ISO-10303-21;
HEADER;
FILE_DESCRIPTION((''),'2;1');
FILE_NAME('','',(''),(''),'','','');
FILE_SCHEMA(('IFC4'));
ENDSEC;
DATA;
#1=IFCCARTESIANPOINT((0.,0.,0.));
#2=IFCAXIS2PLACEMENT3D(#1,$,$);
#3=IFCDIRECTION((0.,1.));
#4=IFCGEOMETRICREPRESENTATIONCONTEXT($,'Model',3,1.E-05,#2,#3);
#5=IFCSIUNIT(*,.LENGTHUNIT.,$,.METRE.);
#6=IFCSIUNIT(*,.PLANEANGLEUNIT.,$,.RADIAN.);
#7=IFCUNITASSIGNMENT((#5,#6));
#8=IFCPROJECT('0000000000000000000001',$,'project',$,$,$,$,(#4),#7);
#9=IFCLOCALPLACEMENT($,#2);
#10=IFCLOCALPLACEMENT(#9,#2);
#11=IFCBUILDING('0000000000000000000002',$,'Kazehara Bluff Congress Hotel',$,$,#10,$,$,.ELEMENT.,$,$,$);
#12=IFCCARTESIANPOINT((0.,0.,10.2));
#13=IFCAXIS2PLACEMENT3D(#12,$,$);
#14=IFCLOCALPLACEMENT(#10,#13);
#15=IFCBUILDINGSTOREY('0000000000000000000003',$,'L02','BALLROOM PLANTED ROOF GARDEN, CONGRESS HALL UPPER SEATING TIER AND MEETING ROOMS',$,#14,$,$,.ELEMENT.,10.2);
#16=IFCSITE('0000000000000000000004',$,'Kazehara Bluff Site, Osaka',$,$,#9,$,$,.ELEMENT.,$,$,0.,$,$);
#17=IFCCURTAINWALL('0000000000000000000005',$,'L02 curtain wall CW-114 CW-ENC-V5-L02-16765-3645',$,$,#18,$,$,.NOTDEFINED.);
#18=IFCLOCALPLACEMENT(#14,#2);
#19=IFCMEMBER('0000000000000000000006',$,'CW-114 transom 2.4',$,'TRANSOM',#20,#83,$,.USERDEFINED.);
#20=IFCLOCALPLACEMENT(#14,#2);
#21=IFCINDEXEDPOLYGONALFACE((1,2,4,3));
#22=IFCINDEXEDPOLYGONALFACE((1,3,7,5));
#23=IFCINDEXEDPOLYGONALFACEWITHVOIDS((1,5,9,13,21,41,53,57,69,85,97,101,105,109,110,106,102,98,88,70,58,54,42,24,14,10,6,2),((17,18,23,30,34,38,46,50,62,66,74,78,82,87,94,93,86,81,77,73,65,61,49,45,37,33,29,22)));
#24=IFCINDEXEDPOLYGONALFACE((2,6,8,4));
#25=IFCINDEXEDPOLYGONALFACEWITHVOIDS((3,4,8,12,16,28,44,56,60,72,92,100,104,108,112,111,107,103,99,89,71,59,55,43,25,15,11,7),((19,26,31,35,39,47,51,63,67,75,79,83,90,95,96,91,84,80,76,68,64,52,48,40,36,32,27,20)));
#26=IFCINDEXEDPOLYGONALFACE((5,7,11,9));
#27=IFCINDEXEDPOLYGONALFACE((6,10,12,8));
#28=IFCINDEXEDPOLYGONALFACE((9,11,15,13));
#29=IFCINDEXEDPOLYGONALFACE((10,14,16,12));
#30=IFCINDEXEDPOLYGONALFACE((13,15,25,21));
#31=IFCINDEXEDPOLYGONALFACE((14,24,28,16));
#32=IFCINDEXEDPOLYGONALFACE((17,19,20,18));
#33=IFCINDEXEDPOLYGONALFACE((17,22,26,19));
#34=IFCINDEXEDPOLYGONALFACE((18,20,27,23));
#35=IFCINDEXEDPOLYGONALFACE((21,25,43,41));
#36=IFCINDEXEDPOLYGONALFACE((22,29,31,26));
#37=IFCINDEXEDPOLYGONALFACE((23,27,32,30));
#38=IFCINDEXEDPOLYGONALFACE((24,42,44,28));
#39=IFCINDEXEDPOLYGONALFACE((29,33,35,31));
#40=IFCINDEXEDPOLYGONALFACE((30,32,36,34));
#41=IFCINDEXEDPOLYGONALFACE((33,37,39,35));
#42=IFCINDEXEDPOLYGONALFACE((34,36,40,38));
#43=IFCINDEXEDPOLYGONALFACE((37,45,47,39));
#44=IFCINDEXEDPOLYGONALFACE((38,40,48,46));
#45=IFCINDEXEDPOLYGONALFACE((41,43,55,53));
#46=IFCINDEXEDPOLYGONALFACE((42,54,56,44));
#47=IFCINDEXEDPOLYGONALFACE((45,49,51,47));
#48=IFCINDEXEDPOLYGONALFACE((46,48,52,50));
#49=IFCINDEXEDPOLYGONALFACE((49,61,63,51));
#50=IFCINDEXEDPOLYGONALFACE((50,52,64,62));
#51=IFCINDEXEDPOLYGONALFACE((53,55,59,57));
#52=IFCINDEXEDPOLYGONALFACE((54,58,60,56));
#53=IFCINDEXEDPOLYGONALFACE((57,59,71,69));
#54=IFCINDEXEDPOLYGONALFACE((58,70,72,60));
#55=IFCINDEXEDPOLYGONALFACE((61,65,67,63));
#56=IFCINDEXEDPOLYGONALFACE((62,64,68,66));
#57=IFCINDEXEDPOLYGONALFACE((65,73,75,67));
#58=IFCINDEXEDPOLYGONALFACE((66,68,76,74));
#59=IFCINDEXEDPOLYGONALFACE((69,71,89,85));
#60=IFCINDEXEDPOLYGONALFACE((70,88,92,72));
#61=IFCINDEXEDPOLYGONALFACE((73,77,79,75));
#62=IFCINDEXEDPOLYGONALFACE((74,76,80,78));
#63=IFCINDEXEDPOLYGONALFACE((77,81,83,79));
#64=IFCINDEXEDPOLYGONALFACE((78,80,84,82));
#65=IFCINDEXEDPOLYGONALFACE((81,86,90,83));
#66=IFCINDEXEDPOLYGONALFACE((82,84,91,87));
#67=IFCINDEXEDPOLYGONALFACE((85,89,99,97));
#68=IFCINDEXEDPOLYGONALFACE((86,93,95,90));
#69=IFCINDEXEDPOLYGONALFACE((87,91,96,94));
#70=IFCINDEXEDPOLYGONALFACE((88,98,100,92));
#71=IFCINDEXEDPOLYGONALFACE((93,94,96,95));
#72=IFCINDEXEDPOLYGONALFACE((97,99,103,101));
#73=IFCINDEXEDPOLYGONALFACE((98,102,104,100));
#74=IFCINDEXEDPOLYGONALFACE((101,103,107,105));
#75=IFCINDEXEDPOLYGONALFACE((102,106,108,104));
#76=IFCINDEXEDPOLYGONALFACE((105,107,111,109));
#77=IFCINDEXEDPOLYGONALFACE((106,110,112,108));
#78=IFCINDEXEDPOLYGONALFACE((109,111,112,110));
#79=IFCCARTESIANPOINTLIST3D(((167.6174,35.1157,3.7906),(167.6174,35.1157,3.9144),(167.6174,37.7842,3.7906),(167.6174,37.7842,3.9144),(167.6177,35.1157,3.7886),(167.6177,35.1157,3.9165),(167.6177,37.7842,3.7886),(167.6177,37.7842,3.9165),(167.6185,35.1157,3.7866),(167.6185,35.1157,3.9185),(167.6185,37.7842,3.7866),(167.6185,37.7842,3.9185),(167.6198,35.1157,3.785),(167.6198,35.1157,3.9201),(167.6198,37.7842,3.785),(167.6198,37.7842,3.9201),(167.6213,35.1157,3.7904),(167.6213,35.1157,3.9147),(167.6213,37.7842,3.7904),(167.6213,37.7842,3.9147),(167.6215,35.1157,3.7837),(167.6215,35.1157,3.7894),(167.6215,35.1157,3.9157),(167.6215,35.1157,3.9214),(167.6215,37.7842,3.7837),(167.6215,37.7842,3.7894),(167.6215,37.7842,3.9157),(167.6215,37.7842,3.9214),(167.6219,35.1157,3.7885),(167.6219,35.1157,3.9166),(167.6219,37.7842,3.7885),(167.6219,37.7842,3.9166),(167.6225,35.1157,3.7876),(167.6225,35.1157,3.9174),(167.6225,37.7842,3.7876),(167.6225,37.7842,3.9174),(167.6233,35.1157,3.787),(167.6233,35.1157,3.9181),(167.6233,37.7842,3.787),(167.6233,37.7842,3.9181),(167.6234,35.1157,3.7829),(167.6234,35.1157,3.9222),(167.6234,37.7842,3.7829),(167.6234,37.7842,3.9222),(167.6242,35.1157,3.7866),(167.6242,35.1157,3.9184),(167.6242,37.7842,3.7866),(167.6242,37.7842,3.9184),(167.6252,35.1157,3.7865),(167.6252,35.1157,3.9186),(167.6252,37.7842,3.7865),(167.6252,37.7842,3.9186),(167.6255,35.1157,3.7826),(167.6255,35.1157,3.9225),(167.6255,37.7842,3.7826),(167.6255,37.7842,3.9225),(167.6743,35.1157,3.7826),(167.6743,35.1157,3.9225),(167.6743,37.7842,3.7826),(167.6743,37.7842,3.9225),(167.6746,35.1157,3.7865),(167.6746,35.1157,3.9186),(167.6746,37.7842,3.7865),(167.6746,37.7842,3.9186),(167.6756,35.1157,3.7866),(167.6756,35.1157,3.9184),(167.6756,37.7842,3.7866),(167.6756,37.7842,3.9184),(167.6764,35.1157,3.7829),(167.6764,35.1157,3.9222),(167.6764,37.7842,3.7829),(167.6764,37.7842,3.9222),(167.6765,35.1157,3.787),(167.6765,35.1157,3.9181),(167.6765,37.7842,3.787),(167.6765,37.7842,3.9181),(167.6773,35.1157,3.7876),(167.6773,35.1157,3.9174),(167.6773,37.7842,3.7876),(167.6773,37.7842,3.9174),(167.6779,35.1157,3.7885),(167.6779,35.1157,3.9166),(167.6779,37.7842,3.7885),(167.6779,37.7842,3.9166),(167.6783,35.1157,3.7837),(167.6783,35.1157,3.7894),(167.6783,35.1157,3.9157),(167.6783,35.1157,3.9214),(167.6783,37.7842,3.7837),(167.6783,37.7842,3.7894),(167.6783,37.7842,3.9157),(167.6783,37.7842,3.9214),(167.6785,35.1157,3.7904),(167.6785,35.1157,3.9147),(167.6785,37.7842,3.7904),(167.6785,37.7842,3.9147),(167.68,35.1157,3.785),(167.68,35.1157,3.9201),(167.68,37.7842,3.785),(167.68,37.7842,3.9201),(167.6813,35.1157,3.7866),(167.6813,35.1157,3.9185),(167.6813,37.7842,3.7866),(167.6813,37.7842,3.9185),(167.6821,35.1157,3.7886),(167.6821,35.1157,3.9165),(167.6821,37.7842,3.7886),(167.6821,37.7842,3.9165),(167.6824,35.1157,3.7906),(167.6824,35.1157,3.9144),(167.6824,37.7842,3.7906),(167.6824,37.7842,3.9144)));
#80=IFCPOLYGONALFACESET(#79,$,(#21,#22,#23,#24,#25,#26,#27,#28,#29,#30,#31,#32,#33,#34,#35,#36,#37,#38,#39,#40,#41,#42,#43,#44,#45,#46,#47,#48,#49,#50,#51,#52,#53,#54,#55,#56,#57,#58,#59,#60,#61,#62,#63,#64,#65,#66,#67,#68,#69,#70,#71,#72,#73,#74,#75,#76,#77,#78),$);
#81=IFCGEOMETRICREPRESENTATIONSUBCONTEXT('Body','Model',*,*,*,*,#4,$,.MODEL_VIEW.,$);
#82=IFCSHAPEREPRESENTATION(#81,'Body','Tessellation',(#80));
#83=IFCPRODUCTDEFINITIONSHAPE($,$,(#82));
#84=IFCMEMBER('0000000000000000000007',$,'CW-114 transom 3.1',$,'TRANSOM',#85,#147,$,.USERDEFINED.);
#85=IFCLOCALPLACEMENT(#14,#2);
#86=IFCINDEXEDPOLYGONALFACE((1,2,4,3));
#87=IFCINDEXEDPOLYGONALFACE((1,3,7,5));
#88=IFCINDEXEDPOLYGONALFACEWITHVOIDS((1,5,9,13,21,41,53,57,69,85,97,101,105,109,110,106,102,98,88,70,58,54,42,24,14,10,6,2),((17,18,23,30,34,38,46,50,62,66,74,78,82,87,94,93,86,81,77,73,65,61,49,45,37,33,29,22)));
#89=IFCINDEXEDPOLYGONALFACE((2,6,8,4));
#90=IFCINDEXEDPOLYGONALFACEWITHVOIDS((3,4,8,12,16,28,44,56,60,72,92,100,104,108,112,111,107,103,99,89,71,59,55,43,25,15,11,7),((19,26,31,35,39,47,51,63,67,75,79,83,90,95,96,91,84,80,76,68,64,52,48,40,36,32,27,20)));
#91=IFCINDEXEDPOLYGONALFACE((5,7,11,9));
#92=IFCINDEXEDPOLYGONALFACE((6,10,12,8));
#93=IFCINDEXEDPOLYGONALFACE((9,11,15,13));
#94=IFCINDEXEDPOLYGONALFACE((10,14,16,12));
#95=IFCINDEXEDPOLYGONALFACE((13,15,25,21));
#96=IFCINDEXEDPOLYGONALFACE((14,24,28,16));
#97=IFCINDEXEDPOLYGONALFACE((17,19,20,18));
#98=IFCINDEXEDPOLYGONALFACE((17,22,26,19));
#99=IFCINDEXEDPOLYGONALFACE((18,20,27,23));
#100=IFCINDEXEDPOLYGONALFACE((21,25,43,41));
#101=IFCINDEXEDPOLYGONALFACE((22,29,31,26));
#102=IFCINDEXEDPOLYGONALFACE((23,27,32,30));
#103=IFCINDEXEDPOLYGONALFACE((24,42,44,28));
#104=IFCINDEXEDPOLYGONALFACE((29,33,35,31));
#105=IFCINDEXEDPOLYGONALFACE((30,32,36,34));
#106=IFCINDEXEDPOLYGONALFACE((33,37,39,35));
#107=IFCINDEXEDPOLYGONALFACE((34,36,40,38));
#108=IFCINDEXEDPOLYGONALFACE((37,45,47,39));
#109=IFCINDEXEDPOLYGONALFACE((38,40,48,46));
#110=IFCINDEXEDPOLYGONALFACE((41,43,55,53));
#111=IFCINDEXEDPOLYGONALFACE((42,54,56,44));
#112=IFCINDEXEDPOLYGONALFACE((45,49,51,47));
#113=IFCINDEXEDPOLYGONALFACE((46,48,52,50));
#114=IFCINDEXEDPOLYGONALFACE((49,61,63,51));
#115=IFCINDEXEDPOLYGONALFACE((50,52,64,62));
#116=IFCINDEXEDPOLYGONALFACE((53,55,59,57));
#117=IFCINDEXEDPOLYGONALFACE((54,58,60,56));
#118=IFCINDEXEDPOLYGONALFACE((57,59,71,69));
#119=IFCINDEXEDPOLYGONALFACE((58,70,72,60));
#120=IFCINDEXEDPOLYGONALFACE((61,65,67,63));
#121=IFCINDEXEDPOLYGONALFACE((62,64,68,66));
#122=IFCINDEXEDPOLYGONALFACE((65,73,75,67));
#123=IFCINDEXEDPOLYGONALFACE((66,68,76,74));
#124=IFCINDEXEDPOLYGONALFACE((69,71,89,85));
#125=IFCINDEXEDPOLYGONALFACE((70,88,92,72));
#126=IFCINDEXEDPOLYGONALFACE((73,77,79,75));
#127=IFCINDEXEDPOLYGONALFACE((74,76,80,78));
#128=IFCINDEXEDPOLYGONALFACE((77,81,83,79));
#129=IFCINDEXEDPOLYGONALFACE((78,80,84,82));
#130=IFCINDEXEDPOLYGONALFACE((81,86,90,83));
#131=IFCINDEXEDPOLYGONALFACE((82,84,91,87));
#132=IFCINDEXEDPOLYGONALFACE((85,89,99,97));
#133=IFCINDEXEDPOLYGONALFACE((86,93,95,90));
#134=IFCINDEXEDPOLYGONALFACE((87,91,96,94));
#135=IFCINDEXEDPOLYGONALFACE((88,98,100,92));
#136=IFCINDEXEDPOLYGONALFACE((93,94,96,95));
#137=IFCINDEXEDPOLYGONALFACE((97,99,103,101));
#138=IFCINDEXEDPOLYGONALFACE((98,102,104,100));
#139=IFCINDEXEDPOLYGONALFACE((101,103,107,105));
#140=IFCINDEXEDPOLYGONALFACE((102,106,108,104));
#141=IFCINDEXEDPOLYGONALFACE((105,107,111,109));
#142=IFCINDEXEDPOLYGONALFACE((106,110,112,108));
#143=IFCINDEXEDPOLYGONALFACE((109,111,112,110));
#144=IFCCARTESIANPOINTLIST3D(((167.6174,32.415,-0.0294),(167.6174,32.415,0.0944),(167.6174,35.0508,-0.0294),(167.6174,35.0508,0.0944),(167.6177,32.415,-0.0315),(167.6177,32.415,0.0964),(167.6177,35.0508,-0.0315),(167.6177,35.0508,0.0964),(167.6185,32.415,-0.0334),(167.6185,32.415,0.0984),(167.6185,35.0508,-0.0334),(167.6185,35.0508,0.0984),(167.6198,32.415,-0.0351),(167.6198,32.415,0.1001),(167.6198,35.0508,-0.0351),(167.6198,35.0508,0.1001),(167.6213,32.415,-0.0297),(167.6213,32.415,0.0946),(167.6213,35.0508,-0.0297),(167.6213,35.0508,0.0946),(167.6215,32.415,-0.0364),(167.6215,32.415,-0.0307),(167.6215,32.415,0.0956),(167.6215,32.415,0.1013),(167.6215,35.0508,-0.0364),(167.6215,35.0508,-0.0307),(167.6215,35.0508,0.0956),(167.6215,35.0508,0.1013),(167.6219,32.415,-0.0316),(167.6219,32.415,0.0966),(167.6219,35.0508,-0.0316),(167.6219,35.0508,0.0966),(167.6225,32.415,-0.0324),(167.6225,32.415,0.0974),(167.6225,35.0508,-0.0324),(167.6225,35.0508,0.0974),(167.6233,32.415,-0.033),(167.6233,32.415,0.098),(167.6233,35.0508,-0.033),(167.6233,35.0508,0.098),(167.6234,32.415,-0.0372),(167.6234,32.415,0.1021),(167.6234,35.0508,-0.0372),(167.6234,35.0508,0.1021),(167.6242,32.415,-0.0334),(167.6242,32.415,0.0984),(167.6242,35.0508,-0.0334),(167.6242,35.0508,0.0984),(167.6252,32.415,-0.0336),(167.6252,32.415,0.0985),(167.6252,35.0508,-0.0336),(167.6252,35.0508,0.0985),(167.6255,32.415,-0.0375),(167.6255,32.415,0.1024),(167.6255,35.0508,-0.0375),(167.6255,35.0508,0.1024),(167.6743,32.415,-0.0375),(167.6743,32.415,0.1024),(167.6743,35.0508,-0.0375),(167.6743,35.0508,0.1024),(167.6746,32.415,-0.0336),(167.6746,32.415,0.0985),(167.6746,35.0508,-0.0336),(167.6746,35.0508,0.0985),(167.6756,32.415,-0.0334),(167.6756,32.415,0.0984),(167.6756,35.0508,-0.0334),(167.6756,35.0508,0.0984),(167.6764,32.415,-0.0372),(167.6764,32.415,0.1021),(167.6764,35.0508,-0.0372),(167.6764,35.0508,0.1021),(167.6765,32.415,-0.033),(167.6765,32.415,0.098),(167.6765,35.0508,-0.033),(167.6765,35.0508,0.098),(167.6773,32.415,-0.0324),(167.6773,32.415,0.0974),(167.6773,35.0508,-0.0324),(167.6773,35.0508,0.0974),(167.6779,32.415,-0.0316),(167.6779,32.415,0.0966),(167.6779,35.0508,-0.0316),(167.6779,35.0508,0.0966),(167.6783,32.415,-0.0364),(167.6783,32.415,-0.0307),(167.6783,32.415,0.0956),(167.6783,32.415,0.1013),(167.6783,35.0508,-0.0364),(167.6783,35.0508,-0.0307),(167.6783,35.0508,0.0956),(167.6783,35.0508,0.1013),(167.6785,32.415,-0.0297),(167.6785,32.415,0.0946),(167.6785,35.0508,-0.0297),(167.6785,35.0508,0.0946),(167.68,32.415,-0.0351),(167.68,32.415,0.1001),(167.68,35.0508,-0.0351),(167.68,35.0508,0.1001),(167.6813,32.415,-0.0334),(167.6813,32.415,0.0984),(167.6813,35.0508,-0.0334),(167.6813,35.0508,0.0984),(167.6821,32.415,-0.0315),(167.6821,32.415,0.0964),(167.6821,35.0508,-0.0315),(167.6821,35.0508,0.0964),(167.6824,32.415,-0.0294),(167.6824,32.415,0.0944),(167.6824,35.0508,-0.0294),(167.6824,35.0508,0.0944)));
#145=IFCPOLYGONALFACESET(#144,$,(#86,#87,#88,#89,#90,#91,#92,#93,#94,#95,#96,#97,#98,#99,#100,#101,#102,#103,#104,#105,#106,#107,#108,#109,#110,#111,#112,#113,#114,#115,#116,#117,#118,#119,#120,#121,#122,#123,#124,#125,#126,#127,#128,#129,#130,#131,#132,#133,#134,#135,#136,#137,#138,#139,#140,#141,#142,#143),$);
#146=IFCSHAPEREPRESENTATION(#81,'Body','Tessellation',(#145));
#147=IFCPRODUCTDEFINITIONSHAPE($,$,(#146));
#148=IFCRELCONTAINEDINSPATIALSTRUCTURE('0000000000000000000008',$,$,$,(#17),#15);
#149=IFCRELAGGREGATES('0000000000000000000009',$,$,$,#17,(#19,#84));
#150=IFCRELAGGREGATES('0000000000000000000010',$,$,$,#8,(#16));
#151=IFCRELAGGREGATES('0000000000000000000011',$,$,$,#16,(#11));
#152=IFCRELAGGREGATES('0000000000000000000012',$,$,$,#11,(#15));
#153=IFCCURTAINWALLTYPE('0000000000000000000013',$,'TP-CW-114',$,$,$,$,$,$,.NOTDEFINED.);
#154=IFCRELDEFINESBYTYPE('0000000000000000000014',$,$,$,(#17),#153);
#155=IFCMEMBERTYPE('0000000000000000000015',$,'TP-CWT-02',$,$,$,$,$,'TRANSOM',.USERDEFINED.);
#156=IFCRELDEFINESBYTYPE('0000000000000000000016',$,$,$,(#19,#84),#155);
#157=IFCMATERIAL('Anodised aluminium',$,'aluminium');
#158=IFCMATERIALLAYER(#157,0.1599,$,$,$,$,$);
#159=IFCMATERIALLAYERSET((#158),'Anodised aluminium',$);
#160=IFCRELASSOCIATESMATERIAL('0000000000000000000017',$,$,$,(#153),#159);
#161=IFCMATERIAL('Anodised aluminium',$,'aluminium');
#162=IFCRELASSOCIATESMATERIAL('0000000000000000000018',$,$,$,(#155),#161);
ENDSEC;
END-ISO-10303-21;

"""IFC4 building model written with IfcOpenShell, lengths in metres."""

from ifc_helpers import new_model, si_unit, direction, frame, origin, origin_2d, place, context, subcontext, project, spatial, hollow_rectangle, extrude, material, layer, layer_set, material_profile, profile_set, type_object, element, aggregate, save


model = new_model("IFC4")

# Units and contexts
model_context = context("Model", 3, precision=1e-05, world=origin(), true_north=direction((0.0, 1.0)))
body_context = subcontext(model_context, "Body", "Model", "MODEL_VIEW")
ifc_project = project(units=[si_unit("LENGTHUNIT", "METRE"), si_unit("PLANEANGLEUNIT", "RADIAN")], contexts=[model_context])

# Site, building, storey
site_placement = place(None, origin())
site = spatial("IfcSite", under=ifc_project, at=site_placement, Name="Kazehara Bluff Site, Osaka", CompositionType="ELEMENT", RefElevation=0.0)
building_placement = place(site_placement, origin())
building = spatial("IfcBuilding", under=site, at=building_placement, Name="Kazehara Bluff Congress Hotel", CompositionType="ELEMENT")
storey_placement = place(building_placement, frame((0.0, 0.0, 10.2)))
storey = spatial("IfcBuildingStorey", under=building, at=storey_placement, Name="L02", Description="BALLROOM PLANTED ROOF GARDEN, CONGRESS HALL UPPER SEATING TIER AND MEETING ROOMS", CompositionType="ELEMENT", Elevation=10.2)

# Curtain wall, members
ifc_material_1 = material(Name="Anodised aluminium", Category="aluminium")
ifc_layer_1 = layer(ifc_material_1, 0.1599)
ifc_layer_set_1 = layer_set([ifc_layer_1], Name="Anodised aluminium")
curtain_wall_type_1 = type_object("IfcCurtainWallType", Name="TP-CW-114", PredefinedType="NOTDEFINED", material=ifc_layer_set_1)
curtain_wall_1_placement = place(storey_placement, origin())
curtain_wall_1 = element("IfcCurtainWall", 1, at=curtain_wall_1_placement, inside=storey, type_object=curtain_wall_type_1, Name="L02 curtain wall CW-114 CW-ENC-V5-L02-16765-3645", PredefinedType="NOTDEFINED")
ifc_material_2 = material(Name="Anodised aluminium", Category="aluminium")
ifc_material_profile_1 = material_profile(ifc_material_2, hollow_rectangle(XDim=0.0649, YDim=0.1399, WallThickness=0.0039, InnerFilletRadius=0.0039, OuterFilletRadius=0.0081, at=origin_2d()))
ifc_profile_set_1 = profile_set([ifc_material_profile_1], Name="Anodised aluminium")
member_type_1 = type_object("IfcMemberType", Name="TP-CWT-02", ElementType="TRANSOM", PredefinedType="USERDEFINED", material=ifc_profile_set_1)
member_1_placement = place(storey_placement, frame((167.6499, 37.7842, 3.8525), z_axis=(0.0, -1.0, 0.0), x_axis=(1.0, 0.0, 0.0)))
member_1 = element("IfcMember", 2, at=member_1_placement, type_object=member_type_1, Name="CW-114 transom 2.4", ObjectType="TRANSOM", PredefinedType="USERDEFINED", context=body_context, shape_type="SweptSolid", body=[
    extrude(hollow_rectangle(XDim=0.0649, YDim=0.1399, WallThickness=0.0039, InnerFilletRadius=0.0039, OuterFilletRadius=0.0081, at=origin_2d()), origin(), (0.0, 0.0, 1.0), 2.6685),
])
member_2_placement = place(storey_placement, frame((167.6499, 35.0508, 0.0325), z_axis=(0.0, -1.0, 0.0), x_axis=(1.0, 0.0, 0.0)))
member_2 = element("IfcMember", 3, at=member_2_placement, type_object=member_type_1, Name="CW-114 transom 3.1", ObjectType="TRANSOM", PredefinedType="USERDEFINED", context=body_context, shape_type="SweptSolid", body=[
    extrude(hollow_rectangle(XDim=0.0649, YDim=0.1399, WallThickness=0.0039, InnerFilletRadius=0.0039, OuterFilletRadius=0.0081, at=origin_2d()), origin(), (0.0, 0.0, 1.0), 2.6357),
])

aggregate(curtain_wall_1, [member_1, member_2])

save(model, "model.ifc")
